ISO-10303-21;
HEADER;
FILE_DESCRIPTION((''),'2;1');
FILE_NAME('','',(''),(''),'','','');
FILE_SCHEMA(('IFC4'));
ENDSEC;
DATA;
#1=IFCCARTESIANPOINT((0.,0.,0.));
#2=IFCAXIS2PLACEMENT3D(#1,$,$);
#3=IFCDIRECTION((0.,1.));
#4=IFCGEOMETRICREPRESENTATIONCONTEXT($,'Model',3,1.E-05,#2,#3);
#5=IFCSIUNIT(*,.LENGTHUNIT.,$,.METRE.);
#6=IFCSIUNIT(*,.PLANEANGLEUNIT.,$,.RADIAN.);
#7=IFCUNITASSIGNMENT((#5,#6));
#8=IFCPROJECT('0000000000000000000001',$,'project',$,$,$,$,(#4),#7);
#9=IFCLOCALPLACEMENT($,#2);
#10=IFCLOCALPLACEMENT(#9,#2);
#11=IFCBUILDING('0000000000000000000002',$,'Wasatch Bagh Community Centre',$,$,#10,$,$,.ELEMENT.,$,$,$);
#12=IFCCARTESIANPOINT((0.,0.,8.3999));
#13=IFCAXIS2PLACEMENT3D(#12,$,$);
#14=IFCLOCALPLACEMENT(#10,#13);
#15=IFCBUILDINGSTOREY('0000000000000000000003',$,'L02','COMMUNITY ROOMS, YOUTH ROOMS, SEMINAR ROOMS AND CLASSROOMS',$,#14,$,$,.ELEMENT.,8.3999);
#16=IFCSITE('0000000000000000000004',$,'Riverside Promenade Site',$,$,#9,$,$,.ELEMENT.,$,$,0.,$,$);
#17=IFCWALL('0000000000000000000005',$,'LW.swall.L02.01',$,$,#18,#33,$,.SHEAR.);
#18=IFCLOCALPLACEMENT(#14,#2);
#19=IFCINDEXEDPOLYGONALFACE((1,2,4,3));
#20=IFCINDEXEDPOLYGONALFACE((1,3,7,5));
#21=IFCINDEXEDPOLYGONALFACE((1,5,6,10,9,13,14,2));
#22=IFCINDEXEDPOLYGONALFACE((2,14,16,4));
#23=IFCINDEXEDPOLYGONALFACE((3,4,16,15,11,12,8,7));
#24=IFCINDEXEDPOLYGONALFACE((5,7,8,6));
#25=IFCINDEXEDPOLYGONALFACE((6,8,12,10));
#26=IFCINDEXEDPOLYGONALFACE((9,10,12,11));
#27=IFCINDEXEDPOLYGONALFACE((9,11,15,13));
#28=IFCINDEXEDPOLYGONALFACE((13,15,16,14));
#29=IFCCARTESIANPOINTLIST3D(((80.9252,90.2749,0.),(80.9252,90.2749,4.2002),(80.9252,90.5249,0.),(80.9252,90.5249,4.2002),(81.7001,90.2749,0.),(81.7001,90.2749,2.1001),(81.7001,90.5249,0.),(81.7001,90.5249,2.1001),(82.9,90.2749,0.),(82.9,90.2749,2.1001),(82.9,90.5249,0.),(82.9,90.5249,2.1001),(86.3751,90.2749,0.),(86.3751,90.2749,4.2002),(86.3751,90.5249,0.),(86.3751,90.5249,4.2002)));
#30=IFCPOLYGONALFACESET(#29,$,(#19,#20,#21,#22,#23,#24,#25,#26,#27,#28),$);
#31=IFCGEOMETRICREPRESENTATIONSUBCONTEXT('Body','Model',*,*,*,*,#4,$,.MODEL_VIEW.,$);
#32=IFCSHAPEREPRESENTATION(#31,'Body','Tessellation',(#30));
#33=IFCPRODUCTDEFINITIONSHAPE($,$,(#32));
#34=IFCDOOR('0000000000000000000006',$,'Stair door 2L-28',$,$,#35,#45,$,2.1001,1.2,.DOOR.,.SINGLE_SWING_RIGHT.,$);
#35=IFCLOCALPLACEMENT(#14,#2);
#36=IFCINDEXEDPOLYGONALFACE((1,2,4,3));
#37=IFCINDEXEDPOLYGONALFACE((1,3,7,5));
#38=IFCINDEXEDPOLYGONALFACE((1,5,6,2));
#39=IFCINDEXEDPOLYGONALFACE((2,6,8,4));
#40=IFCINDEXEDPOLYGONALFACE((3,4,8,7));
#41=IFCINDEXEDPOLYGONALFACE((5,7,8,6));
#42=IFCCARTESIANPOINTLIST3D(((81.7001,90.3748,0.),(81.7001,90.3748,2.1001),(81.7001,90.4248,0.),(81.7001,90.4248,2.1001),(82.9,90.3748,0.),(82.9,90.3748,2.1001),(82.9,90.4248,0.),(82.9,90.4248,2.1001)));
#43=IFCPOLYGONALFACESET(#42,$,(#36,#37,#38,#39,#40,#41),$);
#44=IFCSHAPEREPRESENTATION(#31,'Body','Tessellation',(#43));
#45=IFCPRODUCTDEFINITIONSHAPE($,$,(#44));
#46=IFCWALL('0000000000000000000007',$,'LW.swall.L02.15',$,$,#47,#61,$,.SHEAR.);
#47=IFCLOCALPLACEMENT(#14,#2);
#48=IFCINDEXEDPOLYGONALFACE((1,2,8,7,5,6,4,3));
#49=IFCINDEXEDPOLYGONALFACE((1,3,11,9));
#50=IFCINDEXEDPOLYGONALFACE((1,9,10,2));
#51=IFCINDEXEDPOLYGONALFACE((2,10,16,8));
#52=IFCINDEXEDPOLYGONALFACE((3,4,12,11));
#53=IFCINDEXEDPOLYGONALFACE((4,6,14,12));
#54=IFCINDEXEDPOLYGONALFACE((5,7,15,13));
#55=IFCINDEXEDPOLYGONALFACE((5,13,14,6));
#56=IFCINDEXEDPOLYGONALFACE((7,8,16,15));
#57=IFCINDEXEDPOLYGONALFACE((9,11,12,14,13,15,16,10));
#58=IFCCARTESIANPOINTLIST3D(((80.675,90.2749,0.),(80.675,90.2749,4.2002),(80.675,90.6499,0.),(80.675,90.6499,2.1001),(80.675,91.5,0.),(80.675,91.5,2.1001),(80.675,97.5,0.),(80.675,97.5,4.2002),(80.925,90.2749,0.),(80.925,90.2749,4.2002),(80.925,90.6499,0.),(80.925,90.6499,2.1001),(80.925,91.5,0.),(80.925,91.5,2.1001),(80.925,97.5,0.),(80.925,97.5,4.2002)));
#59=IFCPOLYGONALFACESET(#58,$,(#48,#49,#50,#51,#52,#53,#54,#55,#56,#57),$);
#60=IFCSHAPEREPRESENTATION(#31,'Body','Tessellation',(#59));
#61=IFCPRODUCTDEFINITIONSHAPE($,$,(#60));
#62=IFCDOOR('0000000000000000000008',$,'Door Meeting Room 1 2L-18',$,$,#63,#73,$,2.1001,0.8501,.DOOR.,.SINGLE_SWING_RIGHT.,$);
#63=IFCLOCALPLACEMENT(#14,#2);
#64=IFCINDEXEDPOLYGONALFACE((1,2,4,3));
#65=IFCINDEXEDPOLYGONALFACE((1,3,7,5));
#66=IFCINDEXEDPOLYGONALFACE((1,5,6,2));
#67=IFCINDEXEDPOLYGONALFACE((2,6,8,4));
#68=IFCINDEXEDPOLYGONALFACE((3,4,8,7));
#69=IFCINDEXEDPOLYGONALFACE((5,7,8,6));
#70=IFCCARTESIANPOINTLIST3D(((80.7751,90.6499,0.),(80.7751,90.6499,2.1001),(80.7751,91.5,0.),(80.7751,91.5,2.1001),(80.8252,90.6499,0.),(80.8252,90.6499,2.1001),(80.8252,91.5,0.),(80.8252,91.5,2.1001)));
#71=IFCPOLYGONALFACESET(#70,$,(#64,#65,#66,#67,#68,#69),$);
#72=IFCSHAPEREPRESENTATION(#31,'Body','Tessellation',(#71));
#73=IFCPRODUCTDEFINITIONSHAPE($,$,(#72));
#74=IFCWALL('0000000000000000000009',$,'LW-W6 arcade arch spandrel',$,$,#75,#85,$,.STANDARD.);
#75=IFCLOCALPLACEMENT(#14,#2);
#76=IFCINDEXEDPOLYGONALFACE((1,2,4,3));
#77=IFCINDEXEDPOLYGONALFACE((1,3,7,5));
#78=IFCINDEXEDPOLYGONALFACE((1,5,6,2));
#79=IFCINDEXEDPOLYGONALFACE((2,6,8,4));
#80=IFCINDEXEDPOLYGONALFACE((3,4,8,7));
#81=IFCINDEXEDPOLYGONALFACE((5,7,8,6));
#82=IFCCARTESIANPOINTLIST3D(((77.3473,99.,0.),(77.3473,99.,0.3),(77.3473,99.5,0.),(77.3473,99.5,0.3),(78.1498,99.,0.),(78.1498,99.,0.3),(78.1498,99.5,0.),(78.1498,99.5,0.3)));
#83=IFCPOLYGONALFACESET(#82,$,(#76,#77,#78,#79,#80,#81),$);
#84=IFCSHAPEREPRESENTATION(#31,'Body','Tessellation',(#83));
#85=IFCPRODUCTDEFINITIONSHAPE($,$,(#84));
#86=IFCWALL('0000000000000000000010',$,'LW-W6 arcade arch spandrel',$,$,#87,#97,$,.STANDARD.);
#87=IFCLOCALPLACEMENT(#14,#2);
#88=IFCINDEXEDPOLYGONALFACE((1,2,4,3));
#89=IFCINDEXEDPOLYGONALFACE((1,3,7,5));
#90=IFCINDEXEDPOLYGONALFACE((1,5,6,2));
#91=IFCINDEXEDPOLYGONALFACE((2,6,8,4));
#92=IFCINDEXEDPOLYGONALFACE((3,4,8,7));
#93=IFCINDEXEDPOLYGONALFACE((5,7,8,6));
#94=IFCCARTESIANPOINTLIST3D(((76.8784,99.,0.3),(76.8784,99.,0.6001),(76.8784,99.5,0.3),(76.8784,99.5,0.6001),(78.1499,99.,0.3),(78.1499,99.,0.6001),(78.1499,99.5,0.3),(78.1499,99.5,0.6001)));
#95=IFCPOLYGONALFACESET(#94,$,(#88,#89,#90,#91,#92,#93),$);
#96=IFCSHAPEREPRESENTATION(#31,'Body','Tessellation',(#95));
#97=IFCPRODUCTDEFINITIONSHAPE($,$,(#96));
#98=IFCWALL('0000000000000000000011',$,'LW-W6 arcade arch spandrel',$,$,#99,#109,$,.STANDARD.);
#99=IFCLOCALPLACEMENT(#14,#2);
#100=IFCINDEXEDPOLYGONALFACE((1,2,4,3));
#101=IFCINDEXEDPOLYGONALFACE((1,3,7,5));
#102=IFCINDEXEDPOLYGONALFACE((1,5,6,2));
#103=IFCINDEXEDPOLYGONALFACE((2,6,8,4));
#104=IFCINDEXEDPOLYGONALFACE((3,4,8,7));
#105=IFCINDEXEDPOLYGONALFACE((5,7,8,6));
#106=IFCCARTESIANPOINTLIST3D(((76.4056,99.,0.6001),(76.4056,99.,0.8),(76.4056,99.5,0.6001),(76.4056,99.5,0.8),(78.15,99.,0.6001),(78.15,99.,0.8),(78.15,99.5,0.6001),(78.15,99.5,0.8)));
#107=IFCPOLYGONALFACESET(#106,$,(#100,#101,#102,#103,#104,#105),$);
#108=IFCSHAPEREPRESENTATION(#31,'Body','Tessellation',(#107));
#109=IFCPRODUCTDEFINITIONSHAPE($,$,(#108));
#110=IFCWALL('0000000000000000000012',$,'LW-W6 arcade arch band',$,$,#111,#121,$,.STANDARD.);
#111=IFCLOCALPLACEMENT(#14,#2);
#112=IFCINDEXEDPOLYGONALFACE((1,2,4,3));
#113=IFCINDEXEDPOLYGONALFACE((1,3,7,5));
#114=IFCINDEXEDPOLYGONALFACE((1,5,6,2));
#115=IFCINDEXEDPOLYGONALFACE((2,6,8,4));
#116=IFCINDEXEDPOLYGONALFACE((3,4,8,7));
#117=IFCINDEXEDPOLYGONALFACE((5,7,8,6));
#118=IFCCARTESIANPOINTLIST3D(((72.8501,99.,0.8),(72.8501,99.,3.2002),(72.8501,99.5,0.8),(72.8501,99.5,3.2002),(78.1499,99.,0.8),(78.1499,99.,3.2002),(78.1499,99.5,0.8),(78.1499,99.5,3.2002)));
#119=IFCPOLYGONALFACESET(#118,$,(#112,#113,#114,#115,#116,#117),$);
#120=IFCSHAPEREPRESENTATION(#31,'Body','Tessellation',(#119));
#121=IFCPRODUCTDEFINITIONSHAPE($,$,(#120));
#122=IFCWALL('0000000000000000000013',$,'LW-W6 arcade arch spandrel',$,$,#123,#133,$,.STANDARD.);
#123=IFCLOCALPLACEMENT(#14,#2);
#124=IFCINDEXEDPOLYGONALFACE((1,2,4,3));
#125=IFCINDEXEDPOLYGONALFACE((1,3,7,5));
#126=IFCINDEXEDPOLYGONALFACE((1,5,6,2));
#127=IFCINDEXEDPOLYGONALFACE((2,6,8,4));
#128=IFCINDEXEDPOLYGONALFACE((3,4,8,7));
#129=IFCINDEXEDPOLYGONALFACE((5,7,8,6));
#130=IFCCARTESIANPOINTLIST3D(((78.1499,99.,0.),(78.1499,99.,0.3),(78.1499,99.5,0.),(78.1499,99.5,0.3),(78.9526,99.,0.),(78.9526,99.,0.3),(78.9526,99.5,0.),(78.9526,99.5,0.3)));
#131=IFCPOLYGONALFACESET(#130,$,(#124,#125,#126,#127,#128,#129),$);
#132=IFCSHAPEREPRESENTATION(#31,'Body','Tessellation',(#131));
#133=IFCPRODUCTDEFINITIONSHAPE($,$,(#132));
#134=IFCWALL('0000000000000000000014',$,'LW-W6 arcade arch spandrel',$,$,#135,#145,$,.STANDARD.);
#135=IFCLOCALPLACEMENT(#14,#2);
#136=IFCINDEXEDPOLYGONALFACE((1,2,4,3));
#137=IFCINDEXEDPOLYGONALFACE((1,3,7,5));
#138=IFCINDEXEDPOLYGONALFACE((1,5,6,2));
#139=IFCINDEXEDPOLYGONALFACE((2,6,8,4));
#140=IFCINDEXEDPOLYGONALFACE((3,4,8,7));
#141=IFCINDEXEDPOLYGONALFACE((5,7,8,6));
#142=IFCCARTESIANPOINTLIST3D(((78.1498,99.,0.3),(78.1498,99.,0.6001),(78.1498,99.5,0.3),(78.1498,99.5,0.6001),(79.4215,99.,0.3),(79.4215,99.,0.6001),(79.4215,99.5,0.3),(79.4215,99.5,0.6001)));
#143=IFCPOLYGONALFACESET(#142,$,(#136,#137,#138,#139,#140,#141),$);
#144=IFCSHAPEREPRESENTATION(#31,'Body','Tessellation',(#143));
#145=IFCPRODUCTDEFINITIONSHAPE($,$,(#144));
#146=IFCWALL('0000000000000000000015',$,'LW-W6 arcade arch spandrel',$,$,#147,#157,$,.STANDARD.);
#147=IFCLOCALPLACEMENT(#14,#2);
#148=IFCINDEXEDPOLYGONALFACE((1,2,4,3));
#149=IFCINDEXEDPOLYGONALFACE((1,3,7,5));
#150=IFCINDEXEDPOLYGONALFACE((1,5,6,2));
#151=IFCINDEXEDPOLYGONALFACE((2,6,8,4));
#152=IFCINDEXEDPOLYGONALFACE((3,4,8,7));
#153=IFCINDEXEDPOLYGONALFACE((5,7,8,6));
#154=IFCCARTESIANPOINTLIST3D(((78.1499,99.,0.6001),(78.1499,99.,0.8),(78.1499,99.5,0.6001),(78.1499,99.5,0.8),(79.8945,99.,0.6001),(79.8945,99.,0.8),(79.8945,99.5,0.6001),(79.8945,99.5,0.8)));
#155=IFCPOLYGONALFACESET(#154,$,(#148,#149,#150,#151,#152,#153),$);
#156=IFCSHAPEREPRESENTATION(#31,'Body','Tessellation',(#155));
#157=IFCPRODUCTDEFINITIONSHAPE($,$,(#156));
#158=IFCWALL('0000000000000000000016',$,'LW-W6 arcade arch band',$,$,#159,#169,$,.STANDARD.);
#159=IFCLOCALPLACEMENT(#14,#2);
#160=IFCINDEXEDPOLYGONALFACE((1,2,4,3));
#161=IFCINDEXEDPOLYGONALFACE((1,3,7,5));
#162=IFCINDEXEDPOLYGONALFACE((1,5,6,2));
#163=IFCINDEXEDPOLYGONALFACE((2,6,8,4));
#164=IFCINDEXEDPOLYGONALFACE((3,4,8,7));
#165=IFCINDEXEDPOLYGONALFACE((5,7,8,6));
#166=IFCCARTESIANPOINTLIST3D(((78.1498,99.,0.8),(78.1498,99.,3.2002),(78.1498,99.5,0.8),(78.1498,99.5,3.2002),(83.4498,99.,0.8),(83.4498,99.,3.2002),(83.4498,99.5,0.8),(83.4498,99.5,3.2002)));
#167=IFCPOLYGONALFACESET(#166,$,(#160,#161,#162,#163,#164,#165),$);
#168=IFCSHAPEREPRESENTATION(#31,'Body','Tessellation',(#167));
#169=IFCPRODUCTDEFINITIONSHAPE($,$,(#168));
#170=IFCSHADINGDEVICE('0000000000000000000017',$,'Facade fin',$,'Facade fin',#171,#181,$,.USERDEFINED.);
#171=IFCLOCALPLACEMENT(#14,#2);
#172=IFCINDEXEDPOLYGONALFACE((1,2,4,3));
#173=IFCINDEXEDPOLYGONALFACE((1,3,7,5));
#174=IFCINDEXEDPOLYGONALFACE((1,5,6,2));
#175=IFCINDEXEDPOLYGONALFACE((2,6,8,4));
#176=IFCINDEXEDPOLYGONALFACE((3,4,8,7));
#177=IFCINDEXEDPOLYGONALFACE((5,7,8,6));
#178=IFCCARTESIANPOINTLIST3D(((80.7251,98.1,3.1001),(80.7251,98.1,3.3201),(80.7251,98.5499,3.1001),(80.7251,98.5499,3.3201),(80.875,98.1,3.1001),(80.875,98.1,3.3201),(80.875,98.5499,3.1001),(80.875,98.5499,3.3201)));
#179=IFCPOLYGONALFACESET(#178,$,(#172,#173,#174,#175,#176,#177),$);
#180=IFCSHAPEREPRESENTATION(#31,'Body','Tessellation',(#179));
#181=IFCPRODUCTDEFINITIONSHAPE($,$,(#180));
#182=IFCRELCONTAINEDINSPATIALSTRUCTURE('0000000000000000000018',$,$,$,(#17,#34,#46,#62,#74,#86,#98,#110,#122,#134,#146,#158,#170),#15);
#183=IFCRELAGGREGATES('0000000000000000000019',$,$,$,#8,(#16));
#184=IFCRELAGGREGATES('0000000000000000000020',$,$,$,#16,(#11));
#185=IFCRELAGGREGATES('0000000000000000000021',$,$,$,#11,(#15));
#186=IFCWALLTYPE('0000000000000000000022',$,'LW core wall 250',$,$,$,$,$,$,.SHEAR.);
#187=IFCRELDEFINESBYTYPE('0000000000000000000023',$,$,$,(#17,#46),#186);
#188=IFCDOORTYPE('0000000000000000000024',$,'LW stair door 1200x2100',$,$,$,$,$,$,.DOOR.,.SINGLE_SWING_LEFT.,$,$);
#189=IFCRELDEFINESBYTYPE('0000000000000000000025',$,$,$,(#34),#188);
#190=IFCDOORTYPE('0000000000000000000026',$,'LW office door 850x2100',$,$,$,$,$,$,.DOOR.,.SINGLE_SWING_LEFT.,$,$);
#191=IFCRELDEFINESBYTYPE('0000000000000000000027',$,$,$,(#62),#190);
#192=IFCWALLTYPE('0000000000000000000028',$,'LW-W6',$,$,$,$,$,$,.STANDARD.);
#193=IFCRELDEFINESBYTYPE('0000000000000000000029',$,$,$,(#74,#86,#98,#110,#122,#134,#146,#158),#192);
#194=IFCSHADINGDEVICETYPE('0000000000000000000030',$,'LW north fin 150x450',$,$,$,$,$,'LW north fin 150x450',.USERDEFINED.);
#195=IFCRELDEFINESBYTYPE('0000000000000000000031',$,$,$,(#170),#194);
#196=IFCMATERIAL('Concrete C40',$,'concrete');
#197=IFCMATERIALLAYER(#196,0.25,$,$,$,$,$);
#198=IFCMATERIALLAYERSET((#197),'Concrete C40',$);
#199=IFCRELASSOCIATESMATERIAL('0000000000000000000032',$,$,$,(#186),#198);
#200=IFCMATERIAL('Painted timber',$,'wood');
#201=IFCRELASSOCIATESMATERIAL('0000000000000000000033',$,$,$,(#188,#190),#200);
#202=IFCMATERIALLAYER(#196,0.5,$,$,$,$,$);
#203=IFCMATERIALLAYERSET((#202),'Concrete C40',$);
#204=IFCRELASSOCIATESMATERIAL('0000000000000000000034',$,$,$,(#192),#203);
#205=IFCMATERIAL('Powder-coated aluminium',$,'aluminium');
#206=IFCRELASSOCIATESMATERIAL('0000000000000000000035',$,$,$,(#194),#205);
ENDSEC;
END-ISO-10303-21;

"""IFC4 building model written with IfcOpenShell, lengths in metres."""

from ifc_helpers import new_model, si_unit, direction, frame, frame_2d, origin, origin_2d, place, context, subcontext, project, spatial, rectangle, extrude, material, layer, layer_set, type_object, element, fill, save


model = new_model("IFC4")

# Units and contexts
model_context = context("Model", 3, precision=1e-05, world=origin(), true_north=direction((0.0, 1.0)))
body_context = subcontext(model_context, "Body", "Model", "MODEL_VIEW")
ifc_project = project(units=[si_unit("LENGTHUNIT", "METRE"), si_unit("PLANEANGLEUNIT", "RADIAN")], contexts=[model_context])

# Site, building, storey
site_placement = place(None, origin())
site = spatial("IfcSite", under=ifc_project, at=site_placement, Name="Riverside Promenade Site", CompositionType="ELEMENT", RefElevation=0.0)
building_placement = place(site_placement, origin())
building = spatial("IfcBuilding", under=site, at=building_placement, Name="Wasatch Bagh Community Centre", CompositionType="ELEMENT")
storey_placement = place(building_placement, frame((0.0, 0.0, 8.3999)))
storey = spatial("IfcBuildingStorey", under=building, at=storey_placement, Name="L02", Description="COMMUNITY ROOMS, YOUTH ROOMS, SEMINAR ROOMS AND CLASSROOMS", CompositionType="ELEMENT", Elevation=8.3999)

# Shared definitions
ifc_material_1 = material(Name="Concrete C40", Category="concrete")

# Walls, openings, doors
ifc_layer_1 = layer(ifc_material_1, 0.25)
ifc_layer_set_1 = layer_set([ifc_layer_1], Name="Concrete C40")
wall_type_1 = type_object("IfcWallType", Name="LW core wall 250", PredefinedType="SHEAR", material=ifc_layer_set_1)
wall_1_placement = place(storey_placement, frame((80.925, 90.3999, 0.0), z_axis=(0.0, 0.0, 1.0), x_axis=(1.0, 0.0, 0.0)))
wall_1 = element("IfcWall", 1, at=wall_1_placement, inside=storey, type_object=wall_type_1, Name="LW.swall.L02.01", PredefinedType="SHEAR", context=body_context, shape_type="SweptSolid", body=[
    extrude(rectangle(XDim=5.45, YDim=0.25, at=frame_2d((2.7251, 0.0))), origin(), (0.0, 0.0, 1.0), 4.2002),
])
opening_1_placement = place(wall_1_placement, frame((0.7749, 0.0, 0.0)))
opening_1 = element("IfcOpeningElement", 2, at=opening_1_placement, cuts=wall_1, PredefinedType="OPENING", context=body_context, shape_type="SweptSolid", body=[
    extrude(rectangle(XDim=1.2, YDim=2.1001, at=frame_2d((0.6001, 1.05))), frame((0.0, 0.135, 0.0), z_axis=(0.0, -1.0, 0.0), x_axis=(1.0, 0.0, 0.0)), (0.0, 0.0, 1.0), 0.27),
])
ifc_material_2 = material(Name="Painted timber", Category="wood")
door_type_1 = type_object("IfcDoorType", Name="LW stair door 1200x2100", OperationType="SINGLE_SWING_LEFT", PredefinedType="DOOR", material=ifc_material_2)
door_1_placement = place(opening_1_placement, origin())
door_1 = element("IfcDoor", 3, at=door_1_placement, inside=storey, type_object=door_type_1, Name="Stair door 2L-28", OperationType="SINGLE_SWING_RIGHT", OverallHeight=2.1001, OverallWidth=1.2, PredefinedType="DOOR", context=body_context, shape_type="SweptSolid", body=[
    extrude(rectangle(XDim=1.2, YDim=2.1001, at=frame_2d((0.6001, 1.05))), frame((0.0, 0.0249, 0.0), z_axis=(0.0, -1.0, 0.0), x_axis=(1.0, 0.0, 0.0)), (0.0, 0.0, 1.0), 0.05),
])
fill(opening_1, door_1)
wall_2_placement = place(storey_placement, frame((80.8, 90.2749, 0.0), z_axis=(0.0, 0.0, 1.0), x_axis=(0.0, 1.0, 0.0)))
wall_2 = element("IfcWall", 4, at=wall_2_placement, inside=storey, type_object=wall_type_1, Name="LW.swall.L02.15", PredefinedType="SHEAR", context=body_context, shape_type="SweptSolid", body=[
    extrude(rectangle(XDim=7.2251, YDim=0.25, at=frame_2d((3.6125, 0.0))), origin(), (0.0, 0.0, 1.0), 4.2002),
])
opening_2_placement = place(wall_2_placement, frame((0.375, 0.0, 0.0)))
opening_2 = element("IfcOpeningElement", 5, at=opening_2_placement, cuts=wall_2, PredefinedType="OPENING", context=body_context, shape_type="SweptSolid", body=[
    extrude(rectangle(XDim=0.8501, YDim=2.1001, at=frame_2d((0.425, 1.05))), frame((0.0, 0.135, 0.0), z_axis=(0.0, -1.0, 0.0), x_axis=(1.0, 0.0, 0.0)), (0.0, 0.0, 1.0), 0.27),
])
door_type_2 = type_object("IfcDoorType", Name="LW office door 850x2100", OperationType="SINGLE_SWING_LEFT", PredefinedType="DOOR", material=ifc_material_2)
door_2_placement = place(opening_2_placement, origin())
door_2 = element("IfcDoor", 6, at=door_2_placement, inside=storey, type_object=door_type_2, Name="Door Meeting Room 1 2L-18", OperationType="SINGLE_SWING_RIGHT", OverallHeight=2.1001, OverallWidth=0.8501, PredefinedType="DOOR", context=body_context, shape_type="SweptSolid", body=[
    extrude(rectangle(XDim=0.8501, YDim=2.1001, at=frame_2d((0.425, 1.05))), frame((0.0, 0.0249, 0.0), z_axis=(0.0, -1.0, 0.0), x_axis=(1.0, 0.0, 0.0)), (0.0, 0.0, 1.0), 0.05),
])
fill(opening_2, door_2)

# Walls
ifc_layer_2 = layer(ifc_material_1, 0.5)
ifc_layer_set_2 = layer_set([ifc_layer_2], Name="Concrete C40")
wall_type_2 = type_object("IfcWallType", Name="LW-W6", PredefinedType="STANDARD", material=ifc_layer_set_2)
wall_3_placement = place(storey_placement, frame((78.1499, 99.25, 0.0), z_axis=(0.0, 0.0, 1.0), x_axis=(-1.0, 0.0, 0.0)))
element("IfcWall", 7, at=wall_3_placement, inside=storey, type_object=wall_type_2, Name="LW-W6 arcade arch spandrel", PredefinedType="STANDARD", context=body_context, shape_type="SweptSolid", body=[
    extrude(rectangle(XDim=0.8025, YDim=0.5, at=frame_2d((0.4014, 0.0))), origin(), (0.0, 0.0, 1.0), 0.3),
])
wall_4_placement = place(storey_placement, frame((78.1499, 99.25, 0.3), z_axis=(0.0, 0.0, 1.0), x_axis=(-1.0, 0.0, 0.0)))
element("IfcWall", 8, at=wall_4_placement, inside=storey, type_object=wall_type_2, Name="LW-W6 arcade arch spandrel", PredefinedType="STANDARD", context=body_context, shape_type="SweptSolid", body=[
    extrude(rectangle(XDim=1.2715, YDim=0.5, at=frame_2d((0.6357, 0.0))), origin(), (0.0, 0.0, 1.0), 0.3),
])
wall_5_placement = place(storey_placement, frame((78.1499, 99.25, 0.6001), z_axis=(0.0, 0.0, 1.0), x_axis=(-1.0, 0.0, 0.0)))
element("IfcWall", 9, at=wall_5_placement, inside=storey, type_object=wall_type_2, Name="LW-W6 arcade arch spandrel", PredefinedType="STANDARD", context=body_context, shape_type="SweptSolid", body=[
    extrude(rectangle(XDim=1.7444, YDim=0.5, at=frame_2d((0.8721, 0.0))), origin(), (0.0, 0.0, 1.0), 0.2),
])
wall_6_placement = place(storey_placement, frame((72.8501, 99.25, 0.8), z_axis=(0.0, 0.0, 1.0), x_axis=(1.0, 0.0, 0.0)))
element("IfcWall", 10, at=wall_6_placement, inside=storey, type_object=wall_type_2, Name="LW-W6 arcade arch band", PredefinedType="STANDARD", context=body_context, shape_type="SweptSolid", body=[
    extrude(rectangle(XDim=5.2998, YDim=0.5, at=frame_2d((2.6499, 0.0))), origin(), (0.0, 0.0, 1.0), 2.4001),
])
wall_7_placement = place(storey_placement, frame((78.1499, 99.25, 0.0), z_axis=(0.0, 0.0, 1.0), x_axis=(1.0, 0.0, 0.0)))
element("IfcWall", 11, at=wall_7_placement, inside=storey, type_object=wall_type_2, Name="LW-W6 arcade arch spandrel", PredefinedType="STANDARD", context=body_context, shape_type="SweptSolid", body=[
    extrude(rectangle(XDim=0.8027, YDim=0.5, at=frame_2d((0.4014, 0.0))), origin(), (0.0, 0.0, 1.0), 0.3),
])
wall_8_placement = place(storey_placement, frame((78.1499, 99.25, 0.3), z_axis=(0.0, 0.0, 1.0), x_axis=(1.0, 0.0, 0.0)))
element("IfcWall", 12, at=wall_8_placement, inside=storey, type_object=wall_type_2, Name="LW-W6 arcade arch spandrel", PredefinedType="STANDARD", context=body_context, shape_type="SweptSolid", body=[
    extrude(rectangle(XDim=1.2717, YDim=0.5, at=frame_2d((0.6357, 0.0))), origin(), (0.0, 0.0, 1.0), 0.3),
])
wall_9_placement = place(storey_placement, frame((78.1499, 99.25, 0.6001), z_axis=(0.0, 0.0, 1.0), x_axis=(1.0, 0.0, 0.0)))
element("IfcWall", 13, at=wall_9_placement, inside=storey, type_object=wall_type_2, Name="LW-W6 arcade arch spandrel", PredefinedType="STANDARD", context=body_context, shape_type="SweptSolid", body=[
    extrude(rectangle(XDim=1.7446, YDim=0.5, at=frame_2d((0.8723, 0.0))), origin(), (0.0, 0.0, 1.0), 0.2),
])
wall_10_placement = place(storey_placement, frame((78.1499, 99.25, 0.8), z_axis=(0.0, 0.0, 1.0), x_axis=(1.0, 0.0, 0.0)))
element("IfcWall", 14, at=wall_10_placement, inside=storey, type_object=wall_type_2, Name="LW-W6 arcade arch band", PredefinedType="STANDARD", context=body_context, shape_type="SweptSolid", body=[
    extrude(rectangle(XDim=5.3, YDim=0.5, at=frame_2d((2.6499, 0.0))), origin(), (0.0, 0.0, 1.0), 2.4001),
])

# Shading device
ifc_material_3 = material(Name="Powder-coated aluminium", Category="aluminium")
shading_device_type = type_object("IfcShadingDeviceType", Name="LW north fin 150x450", ElementType="LW north fin 150x450", PredefinedType="USERDEFINED", material=ifc_material_3)
shading_device_placement = place(storey_placement, frame((80.8, 98.325, 3.1001), z_axis=(0.0, 0.0, 1.0), x_axis=(1.0, 0.0, 0.0)))
element("IfcShadingDevice", 15, at=shading_device_placement, inside=storey, type_object=shading_device_type, Name="Facade fin", ObjectType="Facade fin", PredefinedType="USERDEFINED", context=body_context, shape_type="SweptSolid", body=[
    extrude(rectangle(XDim=0.1499, YDim=0.45, at=origin_2d()), origin(), (0.0, 0.0, 1.0), 0.22),
])

save(model, "model.ifc")
